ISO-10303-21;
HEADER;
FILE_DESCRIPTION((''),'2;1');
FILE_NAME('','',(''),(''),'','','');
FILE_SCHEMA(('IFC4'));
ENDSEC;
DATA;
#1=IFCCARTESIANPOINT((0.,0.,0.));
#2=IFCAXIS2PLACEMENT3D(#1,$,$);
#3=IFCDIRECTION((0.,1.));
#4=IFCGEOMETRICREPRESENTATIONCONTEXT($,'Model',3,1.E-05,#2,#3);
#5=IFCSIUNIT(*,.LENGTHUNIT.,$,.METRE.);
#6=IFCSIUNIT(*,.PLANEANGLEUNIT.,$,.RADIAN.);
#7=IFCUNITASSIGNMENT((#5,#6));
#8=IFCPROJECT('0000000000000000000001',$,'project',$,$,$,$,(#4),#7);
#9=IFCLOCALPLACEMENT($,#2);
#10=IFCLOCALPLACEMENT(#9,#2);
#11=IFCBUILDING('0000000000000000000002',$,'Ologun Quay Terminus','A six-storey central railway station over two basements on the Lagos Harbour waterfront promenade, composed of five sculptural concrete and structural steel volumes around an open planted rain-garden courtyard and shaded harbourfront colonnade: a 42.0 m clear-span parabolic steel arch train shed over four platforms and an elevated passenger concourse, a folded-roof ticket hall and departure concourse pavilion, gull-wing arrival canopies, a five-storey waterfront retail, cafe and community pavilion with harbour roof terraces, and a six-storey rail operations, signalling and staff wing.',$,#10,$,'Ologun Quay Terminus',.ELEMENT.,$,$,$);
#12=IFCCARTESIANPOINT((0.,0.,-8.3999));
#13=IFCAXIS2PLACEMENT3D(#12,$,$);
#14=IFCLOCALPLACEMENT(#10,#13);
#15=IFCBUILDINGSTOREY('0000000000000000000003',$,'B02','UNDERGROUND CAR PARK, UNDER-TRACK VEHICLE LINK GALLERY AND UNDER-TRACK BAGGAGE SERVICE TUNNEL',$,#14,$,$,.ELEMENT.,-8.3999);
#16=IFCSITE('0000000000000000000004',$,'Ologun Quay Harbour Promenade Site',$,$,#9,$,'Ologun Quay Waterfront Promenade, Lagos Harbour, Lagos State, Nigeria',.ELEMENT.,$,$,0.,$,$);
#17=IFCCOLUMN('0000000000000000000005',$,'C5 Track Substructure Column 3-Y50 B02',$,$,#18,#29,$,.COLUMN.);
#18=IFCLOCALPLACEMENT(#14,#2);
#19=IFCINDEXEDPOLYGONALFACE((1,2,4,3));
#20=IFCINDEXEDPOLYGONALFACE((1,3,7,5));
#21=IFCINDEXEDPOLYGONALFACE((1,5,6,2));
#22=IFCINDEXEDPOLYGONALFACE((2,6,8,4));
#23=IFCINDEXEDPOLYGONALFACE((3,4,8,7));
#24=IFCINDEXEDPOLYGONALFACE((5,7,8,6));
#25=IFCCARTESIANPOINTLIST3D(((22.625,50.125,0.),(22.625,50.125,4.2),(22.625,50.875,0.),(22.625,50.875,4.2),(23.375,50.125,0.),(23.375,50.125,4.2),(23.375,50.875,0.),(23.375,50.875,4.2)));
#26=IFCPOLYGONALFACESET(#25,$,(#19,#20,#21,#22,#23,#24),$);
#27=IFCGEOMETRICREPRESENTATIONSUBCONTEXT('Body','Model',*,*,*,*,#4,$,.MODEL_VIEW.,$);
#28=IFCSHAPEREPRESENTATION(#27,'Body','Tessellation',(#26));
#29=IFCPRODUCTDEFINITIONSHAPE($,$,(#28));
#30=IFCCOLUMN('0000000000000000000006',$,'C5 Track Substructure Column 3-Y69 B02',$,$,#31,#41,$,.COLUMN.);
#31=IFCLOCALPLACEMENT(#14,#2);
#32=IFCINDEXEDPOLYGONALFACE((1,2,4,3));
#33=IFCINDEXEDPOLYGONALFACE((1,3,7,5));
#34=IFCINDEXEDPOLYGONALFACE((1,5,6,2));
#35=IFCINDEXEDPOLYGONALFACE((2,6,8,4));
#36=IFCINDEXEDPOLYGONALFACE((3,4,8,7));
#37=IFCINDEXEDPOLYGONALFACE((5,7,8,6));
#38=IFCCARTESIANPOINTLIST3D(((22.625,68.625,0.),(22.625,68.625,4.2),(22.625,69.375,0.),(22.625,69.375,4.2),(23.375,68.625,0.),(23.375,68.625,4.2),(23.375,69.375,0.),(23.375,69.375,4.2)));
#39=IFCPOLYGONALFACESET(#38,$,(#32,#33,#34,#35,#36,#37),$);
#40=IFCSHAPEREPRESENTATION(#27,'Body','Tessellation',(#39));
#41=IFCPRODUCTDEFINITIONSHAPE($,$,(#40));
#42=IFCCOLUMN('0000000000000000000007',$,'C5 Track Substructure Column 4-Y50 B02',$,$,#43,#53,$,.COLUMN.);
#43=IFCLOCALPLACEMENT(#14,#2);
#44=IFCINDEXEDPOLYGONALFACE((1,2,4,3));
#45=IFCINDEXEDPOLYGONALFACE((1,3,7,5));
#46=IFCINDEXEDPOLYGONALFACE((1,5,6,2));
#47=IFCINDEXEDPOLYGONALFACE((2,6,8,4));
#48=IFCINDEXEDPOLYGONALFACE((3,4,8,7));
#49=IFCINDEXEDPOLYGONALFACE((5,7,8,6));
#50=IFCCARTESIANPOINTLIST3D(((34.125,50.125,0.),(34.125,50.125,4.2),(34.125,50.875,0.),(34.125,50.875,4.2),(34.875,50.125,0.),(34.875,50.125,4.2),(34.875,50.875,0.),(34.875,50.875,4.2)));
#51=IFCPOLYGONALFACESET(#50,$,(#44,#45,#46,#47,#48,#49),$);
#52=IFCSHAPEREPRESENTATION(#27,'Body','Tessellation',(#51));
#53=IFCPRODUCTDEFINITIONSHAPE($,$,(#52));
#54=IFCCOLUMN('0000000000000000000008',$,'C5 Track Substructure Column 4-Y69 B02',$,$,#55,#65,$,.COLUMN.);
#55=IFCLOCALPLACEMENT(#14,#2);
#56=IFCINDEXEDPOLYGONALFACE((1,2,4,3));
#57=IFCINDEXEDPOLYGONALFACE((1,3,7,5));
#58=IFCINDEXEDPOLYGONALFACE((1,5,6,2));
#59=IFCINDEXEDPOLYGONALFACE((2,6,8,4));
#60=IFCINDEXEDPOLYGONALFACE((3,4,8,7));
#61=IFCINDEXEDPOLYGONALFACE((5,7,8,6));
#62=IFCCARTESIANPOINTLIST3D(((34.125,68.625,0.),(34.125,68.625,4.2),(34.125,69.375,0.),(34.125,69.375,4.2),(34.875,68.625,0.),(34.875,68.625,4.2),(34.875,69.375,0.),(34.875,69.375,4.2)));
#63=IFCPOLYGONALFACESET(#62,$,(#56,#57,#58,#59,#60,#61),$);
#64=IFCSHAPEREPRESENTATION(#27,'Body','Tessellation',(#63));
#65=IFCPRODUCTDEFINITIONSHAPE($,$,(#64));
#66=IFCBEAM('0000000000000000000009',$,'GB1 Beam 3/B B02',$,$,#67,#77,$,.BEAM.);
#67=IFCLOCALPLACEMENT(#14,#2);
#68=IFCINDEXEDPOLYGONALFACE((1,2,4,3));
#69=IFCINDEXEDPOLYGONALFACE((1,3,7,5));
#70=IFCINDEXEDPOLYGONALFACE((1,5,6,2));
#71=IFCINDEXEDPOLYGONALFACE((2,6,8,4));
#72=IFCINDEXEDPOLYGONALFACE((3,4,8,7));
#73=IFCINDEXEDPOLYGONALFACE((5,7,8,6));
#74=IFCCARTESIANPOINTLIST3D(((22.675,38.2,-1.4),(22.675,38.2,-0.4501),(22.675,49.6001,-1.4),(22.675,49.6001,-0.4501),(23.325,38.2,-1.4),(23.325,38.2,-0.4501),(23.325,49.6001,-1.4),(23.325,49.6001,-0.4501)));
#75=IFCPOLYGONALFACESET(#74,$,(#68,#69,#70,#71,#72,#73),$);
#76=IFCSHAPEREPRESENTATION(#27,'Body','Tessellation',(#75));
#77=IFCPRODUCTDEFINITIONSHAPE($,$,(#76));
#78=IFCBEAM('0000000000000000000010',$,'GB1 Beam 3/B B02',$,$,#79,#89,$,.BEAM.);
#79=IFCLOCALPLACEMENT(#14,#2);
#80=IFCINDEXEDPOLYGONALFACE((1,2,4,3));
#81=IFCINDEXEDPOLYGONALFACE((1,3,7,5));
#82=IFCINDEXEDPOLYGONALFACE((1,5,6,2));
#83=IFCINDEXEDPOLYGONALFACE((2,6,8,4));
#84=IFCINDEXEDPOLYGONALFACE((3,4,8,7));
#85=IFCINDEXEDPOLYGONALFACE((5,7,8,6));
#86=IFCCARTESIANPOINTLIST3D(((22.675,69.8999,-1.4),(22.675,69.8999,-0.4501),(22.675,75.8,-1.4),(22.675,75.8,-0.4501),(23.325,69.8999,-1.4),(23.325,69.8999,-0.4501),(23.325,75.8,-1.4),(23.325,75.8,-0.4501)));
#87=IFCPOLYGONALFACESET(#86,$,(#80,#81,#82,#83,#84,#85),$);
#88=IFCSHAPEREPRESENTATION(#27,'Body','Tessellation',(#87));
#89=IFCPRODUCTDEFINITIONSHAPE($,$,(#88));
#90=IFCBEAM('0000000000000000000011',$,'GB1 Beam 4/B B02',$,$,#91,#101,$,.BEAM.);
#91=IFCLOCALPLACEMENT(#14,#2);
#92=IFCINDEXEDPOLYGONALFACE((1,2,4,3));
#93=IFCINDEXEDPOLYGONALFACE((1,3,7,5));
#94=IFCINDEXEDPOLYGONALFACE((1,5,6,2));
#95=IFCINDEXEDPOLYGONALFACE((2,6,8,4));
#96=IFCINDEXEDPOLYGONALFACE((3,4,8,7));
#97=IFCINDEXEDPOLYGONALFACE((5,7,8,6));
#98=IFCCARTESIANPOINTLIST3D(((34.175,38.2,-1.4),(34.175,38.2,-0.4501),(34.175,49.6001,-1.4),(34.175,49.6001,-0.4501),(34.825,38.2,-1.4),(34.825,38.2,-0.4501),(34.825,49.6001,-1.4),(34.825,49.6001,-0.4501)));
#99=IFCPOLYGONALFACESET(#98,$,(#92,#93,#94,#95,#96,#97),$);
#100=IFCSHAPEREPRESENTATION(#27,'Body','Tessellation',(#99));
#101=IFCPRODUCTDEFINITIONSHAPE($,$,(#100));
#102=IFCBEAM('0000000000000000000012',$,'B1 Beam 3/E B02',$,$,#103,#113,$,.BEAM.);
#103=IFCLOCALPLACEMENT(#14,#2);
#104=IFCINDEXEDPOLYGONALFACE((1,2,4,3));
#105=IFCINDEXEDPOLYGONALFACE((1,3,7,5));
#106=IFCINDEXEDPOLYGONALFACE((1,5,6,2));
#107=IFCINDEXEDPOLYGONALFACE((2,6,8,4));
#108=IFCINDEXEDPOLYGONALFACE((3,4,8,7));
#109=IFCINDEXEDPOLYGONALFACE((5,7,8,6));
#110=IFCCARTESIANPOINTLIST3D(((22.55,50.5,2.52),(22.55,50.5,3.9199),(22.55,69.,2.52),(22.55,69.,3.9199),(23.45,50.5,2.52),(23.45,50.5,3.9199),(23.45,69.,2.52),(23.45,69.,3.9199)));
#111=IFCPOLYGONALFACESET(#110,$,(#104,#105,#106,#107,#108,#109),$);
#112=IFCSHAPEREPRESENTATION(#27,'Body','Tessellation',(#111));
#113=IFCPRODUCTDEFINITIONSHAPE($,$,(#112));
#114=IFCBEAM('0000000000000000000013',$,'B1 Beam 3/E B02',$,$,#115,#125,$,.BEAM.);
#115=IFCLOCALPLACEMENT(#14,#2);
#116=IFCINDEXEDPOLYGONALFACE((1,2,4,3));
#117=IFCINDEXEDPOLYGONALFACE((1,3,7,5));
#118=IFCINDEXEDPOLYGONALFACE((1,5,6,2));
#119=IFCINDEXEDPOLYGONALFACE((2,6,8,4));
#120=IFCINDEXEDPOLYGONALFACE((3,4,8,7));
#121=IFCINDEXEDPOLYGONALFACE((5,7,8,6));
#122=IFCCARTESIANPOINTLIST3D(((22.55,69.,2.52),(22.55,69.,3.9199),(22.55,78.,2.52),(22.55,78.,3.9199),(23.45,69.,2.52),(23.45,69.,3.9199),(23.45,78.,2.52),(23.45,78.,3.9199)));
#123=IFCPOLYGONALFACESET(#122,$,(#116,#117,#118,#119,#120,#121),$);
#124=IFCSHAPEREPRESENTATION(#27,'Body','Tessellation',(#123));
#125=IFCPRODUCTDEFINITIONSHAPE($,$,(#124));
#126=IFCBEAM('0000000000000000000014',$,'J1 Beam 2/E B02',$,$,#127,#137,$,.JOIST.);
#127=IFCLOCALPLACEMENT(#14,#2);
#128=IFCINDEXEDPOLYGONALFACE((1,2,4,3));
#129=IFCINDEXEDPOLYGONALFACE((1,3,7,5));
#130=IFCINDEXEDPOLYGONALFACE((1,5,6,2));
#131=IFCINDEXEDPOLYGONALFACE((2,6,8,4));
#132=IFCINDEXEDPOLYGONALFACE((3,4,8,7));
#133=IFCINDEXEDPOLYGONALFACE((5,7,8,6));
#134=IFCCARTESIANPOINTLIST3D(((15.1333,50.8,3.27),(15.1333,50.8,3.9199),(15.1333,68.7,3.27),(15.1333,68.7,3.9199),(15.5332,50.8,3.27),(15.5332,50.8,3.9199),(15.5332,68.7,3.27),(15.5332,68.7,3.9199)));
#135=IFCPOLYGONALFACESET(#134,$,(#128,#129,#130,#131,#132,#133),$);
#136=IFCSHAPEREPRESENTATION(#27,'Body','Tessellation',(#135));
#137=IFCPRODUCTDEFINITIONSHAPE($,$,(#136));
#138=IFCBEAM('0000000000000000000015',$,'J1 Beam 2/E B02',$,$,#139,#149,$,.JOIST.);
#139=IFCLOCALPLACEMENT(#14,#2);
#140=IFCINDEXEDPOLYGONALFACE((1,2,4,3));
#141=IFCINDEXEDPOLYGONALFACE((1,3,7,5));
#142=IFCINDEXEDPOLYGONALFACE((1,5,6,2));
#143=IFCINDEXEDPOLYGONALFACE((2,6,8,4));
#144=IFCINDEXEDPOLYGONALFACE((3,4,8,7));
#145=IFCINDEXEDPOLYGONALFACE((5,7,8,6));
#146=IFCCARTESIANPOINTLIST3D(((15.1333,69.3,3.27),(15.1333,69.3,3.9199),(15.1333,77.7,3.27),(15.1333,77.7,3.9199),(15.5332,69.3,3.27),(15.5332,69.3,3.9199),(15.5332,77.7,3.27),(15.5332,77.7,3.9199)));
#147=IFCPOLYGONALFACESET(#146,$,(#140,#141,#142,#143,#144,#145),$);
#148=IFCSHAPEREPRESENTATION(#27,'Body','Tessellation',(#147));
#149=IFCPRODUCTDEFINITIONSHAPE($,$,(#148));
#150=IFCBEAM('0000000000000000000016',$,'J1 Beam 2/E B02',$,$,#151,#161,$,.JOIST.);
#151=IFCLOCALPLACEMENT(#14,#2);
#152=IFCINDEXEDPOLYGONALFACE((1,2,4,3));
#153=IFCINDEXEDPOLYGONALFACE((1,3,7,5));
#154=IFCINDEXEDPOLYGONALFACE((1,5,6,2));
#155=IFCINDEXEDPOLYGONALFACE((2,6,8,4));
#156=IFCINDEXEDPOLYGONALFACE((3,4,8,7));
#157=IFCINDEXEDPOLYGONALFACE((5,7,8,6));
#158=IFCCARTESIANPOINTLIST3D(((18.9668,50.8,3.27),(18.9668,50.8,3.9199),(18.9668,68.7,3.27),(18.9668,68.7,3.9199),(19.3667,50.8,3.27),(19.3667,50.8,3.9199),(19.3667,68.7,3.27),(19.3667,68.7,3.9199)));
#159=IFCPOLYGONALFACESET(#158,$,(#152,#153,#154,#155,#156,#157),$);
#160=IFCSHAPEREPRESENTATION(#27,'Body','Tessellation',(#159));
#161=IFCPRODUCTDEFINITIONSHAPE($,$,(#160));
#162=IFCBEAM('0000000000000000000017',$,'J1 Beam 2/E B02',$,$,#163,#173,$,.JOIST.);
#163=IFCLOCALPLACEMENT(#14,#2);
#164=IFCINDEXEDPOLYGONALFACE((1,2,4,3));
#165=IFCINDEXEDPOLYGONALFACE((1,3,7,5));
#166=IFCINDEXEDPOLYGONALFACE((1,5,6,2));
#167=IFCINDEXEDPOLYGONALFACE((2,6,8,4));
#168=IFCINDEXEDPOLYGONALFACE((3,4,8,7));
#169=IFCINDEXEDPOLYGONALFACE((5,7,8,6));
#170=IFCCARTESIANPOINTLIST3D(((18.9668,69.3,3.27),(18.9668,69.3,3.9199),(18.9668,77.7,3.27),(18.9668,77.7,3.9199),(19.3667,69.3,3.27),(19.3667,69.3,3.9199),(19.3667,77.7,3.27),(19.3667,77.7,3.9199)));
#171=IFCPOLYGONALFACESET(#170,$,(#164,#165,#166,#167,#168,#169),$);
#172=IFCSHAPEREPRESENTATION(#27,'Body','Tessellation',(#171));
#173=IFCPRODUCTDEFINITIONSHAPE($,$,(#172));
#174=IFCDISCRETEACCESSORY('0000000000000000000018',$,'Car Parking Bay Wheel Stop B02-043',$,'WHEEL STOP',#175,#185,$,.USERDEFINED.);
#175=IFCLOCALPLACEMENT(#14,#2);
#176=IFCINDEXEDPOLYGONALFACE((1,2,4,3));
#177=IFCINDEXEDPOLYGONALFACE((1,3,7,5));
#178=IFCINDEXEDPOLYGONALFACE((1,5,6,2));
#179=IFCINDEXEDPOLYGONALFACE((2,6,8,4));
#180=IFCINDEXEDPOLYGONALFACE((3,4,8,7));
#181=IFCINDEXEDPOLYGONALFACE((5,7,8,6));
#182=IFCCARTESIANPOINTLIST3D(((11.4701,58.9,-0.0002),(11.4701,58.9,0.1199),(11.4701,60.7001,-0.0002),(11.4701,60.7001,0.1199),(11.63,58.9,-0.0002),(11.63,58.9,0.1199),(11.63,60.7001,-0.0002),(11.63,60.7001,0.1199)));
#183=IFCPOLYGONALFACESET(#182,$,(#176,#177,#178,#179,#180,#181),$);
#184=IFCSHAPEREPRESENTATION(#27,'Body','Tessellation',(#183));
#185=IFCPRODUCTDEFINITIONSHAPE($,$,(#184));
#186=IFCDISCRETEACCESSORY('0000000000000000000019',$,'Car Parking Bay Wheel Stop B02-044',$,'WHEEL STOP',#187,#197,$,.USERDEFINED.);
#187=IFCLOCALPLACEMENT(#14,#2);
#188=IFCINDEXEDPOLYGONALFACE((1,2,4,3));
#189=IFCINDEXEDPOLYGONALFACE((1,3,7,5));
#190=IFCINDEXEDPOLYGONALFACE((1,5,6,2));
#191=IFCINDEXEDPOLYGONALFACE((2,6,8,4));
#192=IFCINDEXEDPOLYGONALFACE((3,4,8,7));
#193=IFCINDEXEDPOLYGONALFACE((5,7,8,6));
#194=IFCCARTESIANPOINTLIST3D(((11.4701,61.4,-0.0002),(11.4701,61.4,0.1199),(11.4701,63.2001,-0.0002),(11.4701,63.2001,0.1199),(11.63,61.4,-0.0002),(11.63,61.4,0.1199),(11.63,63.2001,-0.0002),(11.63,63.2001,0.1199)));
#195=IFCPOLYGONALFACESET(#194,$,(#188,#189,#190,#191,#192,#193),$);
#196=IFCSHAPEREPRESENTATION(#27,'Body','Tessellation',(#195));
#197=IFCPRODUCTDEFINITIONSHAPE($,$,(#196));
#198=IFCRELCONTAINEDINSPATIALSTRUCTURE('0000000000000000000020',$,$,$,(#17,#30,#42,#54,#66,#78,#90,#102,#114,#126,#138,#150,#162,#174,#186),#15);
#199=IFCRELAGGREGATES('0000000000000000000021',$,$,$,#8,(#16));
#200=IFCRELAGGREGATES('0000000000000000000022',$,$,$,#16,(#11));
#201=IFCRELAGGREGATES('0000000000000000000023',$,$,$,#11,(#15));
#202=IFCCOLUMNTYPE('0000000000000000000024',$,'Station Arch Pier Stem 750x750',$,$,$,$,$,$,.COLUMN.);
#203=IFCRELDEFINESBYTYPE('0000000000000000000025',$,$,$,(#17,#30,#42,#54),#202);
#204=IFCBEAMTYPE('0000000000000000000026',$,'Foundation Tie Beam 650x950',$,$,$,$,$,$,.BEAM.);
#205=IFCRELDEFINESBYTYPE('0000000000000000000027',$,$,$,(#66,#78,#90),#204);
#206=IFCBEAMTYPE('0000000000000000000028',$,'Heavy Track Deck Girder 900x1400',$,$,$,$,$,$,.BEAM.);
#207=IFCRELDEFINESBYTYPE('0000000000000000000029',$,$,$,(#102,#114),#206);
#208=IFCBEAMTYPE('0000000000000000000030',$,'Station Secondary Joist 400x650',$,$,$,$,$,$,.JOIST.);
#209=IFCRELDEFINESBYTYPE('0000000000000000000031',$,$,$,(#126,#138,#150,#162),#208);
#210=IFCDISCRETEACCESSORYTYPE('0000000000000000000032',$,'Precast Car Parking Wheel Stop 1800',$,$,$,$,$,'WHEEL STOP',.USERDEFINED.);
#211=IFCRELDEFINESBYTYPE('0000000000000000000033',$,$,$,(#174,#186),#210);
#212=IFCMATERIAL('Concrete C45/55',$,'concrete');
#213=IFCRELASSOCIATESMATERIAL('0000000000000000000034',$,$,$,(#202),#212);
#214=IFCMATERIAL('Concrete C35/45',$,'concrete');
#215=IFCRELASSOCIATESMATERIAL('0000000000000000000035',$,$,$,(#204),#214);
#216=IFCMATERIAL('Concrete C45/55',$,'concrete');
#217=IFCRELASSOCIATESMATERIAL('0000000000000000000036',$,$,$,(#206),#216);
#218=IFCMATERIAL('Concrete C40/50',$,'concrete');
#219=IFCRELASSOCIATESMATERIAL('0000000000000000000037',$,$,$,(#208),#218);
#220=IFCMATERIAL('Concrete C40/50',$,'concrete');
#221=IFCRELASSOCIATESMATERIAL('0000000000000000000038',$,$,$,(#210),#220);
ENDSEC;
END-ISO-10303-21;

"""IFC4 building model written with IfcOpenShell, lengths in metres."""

from ifc_helpers import new_model, si_unit, direction, frame, origin, origin_2d, place, context, subcontext, project, spatial, rectangle, extrude, material, material_profile, profile_set, type_object, element, save


model = new_model("IFC4")

# Units and contexts
model_context = context("Model", 3, precision=1e-05, world=origin(), true_north=direction((0.0, 1.0)))
body_context = subcontext(model_context, "Body", "Model", "MODEL_VIEW")
ifc_project = project(units=[si_unit("LENGTHUNIT", "METRE"), si_unit("PLANEANGLEUNIT", "RADIAN")], contexts=[model_context])

# Site, building, storey
site_placement = place(None, origin())
site = spatial("IfcSite", under=ifc_project, at=site_placement, Name="Ologun Quay Harbour Promenade Site", LongName="Ologun Quay Waterfront Promenade, Lagos Harbour, Lagos State, Nigeria", CompositionType="ELEMENT", RefElevation=0.0)
building_placement = place(site_placement, origin())
building = spatial("IfcBuilding", under=site, at=building_placement, Name="Ologun Quay Terminus", Description="A six-storey central railway station over two basements on the Lagos Harbour waterfront promenade, composed of five sculptural concrete and structural steel volumes around an open planted rain-garden courtyard and shaded harbourfront colonnade: a 42.0 m clear-span parabolic steel arch train shed over four platforms and an elevated passenger concourse, a folded-roof ticket hall and departure concourse pavilion, gull-wing arrival canopies, a five-storey waterfront retail, cafe and community pavilion with harbour roof terraces, and a six-storey rail operations, signalling and staff wing.", LongName="Ologun Quay Terminus", CompositionType="ELEMENT")
storey_placement = place(building_placement, frame((0.0, 0.0, -8.3999)))
storey = spatial("IfcBuildingStorey", under=building, at=storey_placement, Name="B02", Description="UNDERGROUND CAR PARK, UNDER-TRACK VEHICLE LINK GALLERY AND UNDER-TRACK BAGGAGE SERVICE TUNNEL", CompositionType="ELEMENT", Elevation=-8.3999)

# Columns
ifc_material_1 = material(Name="Concrete C45/55", Category="concrete")
ifc_material_profile_1 = material_profile(ifc_material_1, rectangle(XDim=0.75, YDim=0.75, at=origin_2d()), Name="RC 750x750")
ifc_profile_set_1 = profile_set([ifc_material_profile_1], Name="Concrete C45/55")
column_type = type_object("IfcColumnType", Name="Station Arch Pier Stem 750x750", PredefinedType="COLUMN", material=ifc_profile_set_1)
for number, where, z_axis, x_axis, name in (
    (1, (23.0, 50.5, 0.0), (0.0, 0.0, 1.0), (1.0, 0.0, 0.0), "C5 Track Substructure Column 3-Y50 B02"),
    (2, (23.0, 69.0, 0.0), (0.0, 0.0, 1.0), (1.0, 0.0, 0.0), "C5 Track Substructure Column 3-Y69 B02"),
    (3, (34.5, 50.5, 0.0), (0.0, 0.0, 1.0), (1.0, 0.0, 0.0), "C5 Track Substructure Column 4-Y50 B02"),
    (4, (34.5, 69.0, 0.0), (0.0, 0.0, 1.0), (1.0, 0.0, 0.0), "C5 Track Substructure Column 4-Y69 B02"),
):
    element("IfcColumn", number, at=place(storey_placement, frame(where, z_axis=z_axis, x_axis=x_axis)), inside=storey, type_object=column_type, Name=name, PredefinedType="COLUMN", context=body_context, shape_type="SweptSolid", body=[
        extrude(rectangle(XDim=0.75, YDim=0.75, at=origin_2d()), origin(), (0.0, 0.0, 1.0), 4.2),
    ])

# Beams
ifc_material_2 = material(Name="Concrete C35/45", Category="concrete")
ifc_material_profile_2 = material_profile(ifc_material_2, rectangle(XDim=0.6499, YDim=0.95, at=origin_2d()), Name="RC 650x950")
ifc_profile_set_2 = profile_set([ifc_material_profile_2], Name="Concrete C35/45")
beam_type_1 = type_object("IfcBeamType", Name="Foundation Tie Beam 650x950", PredefinedType="BEAM", material=ifc_profile_set_2)
beam_1_placement = place(storey_placement, frame((23.0, 38.2, -0.925), z_axis=(0.0, 1.0, 0.0), x_axis=(-1.0, 0.0, 0.0)))
element("IfcBeam", 5, at=beam_1_placement, inside=storey, type_object=beam_type_1, Name="GB1 Beam 3/B B02", PredefinedType="BEAM", context=body_context, shape_type="SweptSolid", body=[
    extrude(rectangle(XDim=0.6499, YDim=0.95, at=origin_2d()), origin(), (0.0, 0.0, 1.0), 11.4001),
])
beam_2_placement = place(storey_placement, frame((23.0, 69.8999, -0.925), z_axis=(0.0, 1.0, 0.0), x_axis=(-1.0, 0.0, 0.0)))
element("IfcBeam", 6, at=beam_2_placement, inside=storey, type_object=beam_type_1, Name="GB1 Beam 3/B B02", PredefinedType="BEAM", context=body_context, shape_type="SweptSolid", body=[
    extrude(rectangle(XDim=0.6499, YDim=0.95, at=origin_2d()), origin(), (0.0, 0.0, 1.0), 5.9001),
])
beam_3_placement = place(storey_placement, frame((34.5, 38.2, -0.925), z_axis=(0.0, 1.0, 0.0), x_axis=(-1.0, 0.0, 0.0)))
element("IfcBeam", 7, at=beam_3_placement, inside=storey, type_object=beam_type_1, Name="GB1 Beam 4/B B02", PredefinedType="BEAM", context=body_context, shape_type="SweptSolid", body=[
    extrude(rectangle(XDim=0.6499, YDim=0.95, at=origin_2d()), origin(), (0.0, 0.0, 1.0), 11.4001),
])
ifc_material_3 = material(Name="Concrete C45/55", Category="concrete")
ifc_material_profile_3 = material_profile(ifc_material_3, rectangle(XDim=0.8999, YDim=1.3999, at=origin_2d()), Name="RC 900x1400")
ifc_profile_set_3 = profile_set([ifc_material_profile_3], Name="Concrete C45/55")
beam_type_2 = type_object("IfcBeamType", Name="Heavy Track Deck Girder 900x1400", PredefinedType="BEAM", material=ifc_profile_set_3)
beam_4_placement = place(storey_placement, frame((23.0, 50.5, 3.22), z_axis=(0.0, 1.0, 0.0), x_axis=(-1.0, 0.0, 0.0)))
element("IfcBeam", 8, at=beam_4_placement, inside=storey, type_object=beam_type_2, Name="B1 Beam 3/E B02", PredefinedType="BEAM", context=body_context, shape_type="SweptSolid", body=[
    extrude(rectangle(XDim=0.8999, YDim=1.3999, at=origin_2d()), origin(), (0.0, 0.0, 1.0), 18.5),
])
beam_5_placement = place(storey_placement, frame((23.0, 69.0, 3.22), z_axis=(0.0, 1.0, 0.0), x_axis=(-1.0, 0.0, 0.0)))
element("IfcBeam", 9, at=beam_5_placement, inside=storey, type_object=beam_type_2, Name="B1 Beam 3/E B02", PredefinedType="BEAM", context=body_context, shape_type="SweptSolid", body=[
    extrude(rectangle(XDim=0.8999, YDim=1.3999, at=origin_2d()), origin(), (0.0, 0.0, 1.0), 9.0),
])
ifc_material_4 = material(Name="Concrete C40/50", Category="concrete")
ifc_material_profile_4 = material_profile(ifc_material_4, rectangle(XDim=0.3999, YDim=0.6499, at=origin_2d()), Name="RC 400x650")
ifc_profile_set_4 = profile_set([ifc_material_profile_4], Name="Concrete C40/50")
beam_type_3 = type_object("IfcBeamType", Name="Station Secondary Joist 400x650", PredefinedType="JOIST", material=ifc_profile_set_4)
beam_6_placement = place(storey_placement, frame((15.3333, 50.8, 3.595), z_axis=(0.0, 1.0, 0.0), x_axis=(-1.0, 0.0, 0.0)))
element("IfcBeam", 10, at=beam_6_placement, inside=storey, type_object=beam_type_3, Name="J1 Beam 2/E B02", PredefinedType="JOIST", context=body_context, shape_type="SweptSolid", body=[
    extrude(rectangle(XDim=0.3999, YDim=0.6499, at=origin_2d()), origin(), (0.0, 0.0, 1.0), 17.8999),
])
beam_7_placement = place(storey_placement, frame((15.3333, 69.3, 3.595), z_axis=(0.0, 1.0, 0.0), x_axis=(-1.0, 0.0, 0.0)))
element("IfcBeam", 11, at=beam_7_placement, inside=storey, type_object=beam_type_3, Name="J1 Beam 2/E B02", PredefinedType="JOIST", context=body_context, shape_type="SweptSolid", body=[
    extrude(rectangle(XDim=0.3999, YDim=0.6499, at=origin_2d()), origin(), (0.0, 0.0, 1.0), 8.3999),
])
beam_8_placement = place(storey_placement, frame((19.1667, 50.8, 3.595), z_axis=(0.0, 1.0, 0.0), x_axis=(-1.0, 0.0, 0.0)))
element("IfcBeam", 12, at=beam_8_placement, inside=storey, type_object=beam_type_3, Name="J1 Beam 2/E B02", PredefinedType="JOIST", context=body_context, shape_type="SweptSolid", body=[
    extrude(rectangle(XDim=0.3999, YDim=0.6499, at=origin_2d()), origin(), (0.0, 0.0, 1.0), 17.8999),
])
beam_9_placement = place(storey_placement, frame((19.1667, 69.3, 3.595), z_axis=(0.0, 1.0, 0.0), x_axis=(-1.0, 0.0, 0.0)))
element("IfcBeam", 13, at=beam_9_placement, inside=storey, type_object=beam_type_3, Name="J1 Beam 2/E B02", PredefinedType="JOIST", context=body_context, shape_type="SweptSolid", body=[
    extrude(rectangle(XDim=0.3999, YDim=0.6499, at=origin_2d()), origin(), (0.0, 0.0, 1.0), 8.3999),
])

# Discrete accessories
ifc_material_5 = material(Name="Concrete C40/50", Category="concrete")
discrete_accessory_type = type_object("IfcDiscreteAccessoryType", Name="Precast Car Parking Wheel Stop 1800", ElementType="WHEEL STOP", PredefinedType="USERDEFINED", material=ifc_material_5)
for number, where, z_axis, x_axis, name in (
    (14, (11.55, 59.8, -0.0002), (0.0, 0.0, 1.0), (0.0, 1.0, 0.0), "Car Parking Bay Wheel Stop B02-043"),
    (15, (11.55, 62.3, -0.0002), (0.0, 0.0, 1.0), (0.0, 1.0, 0.0), "Car Parking Bay Wheel Stop B02-044"),
):
    element("IfcDiscreteAccessory", number, at=place(storey_placement, frame(where, z_axis=z_axis, x_axis=x_axis)), inside=storey, type_object=discrete_accessory_type, Name=name, ObjectType="WHEEL STOP", PredefinedType="USERDEFINED", context=body_context, shape_type="SweptSolid", body=[
        extrude(rectangle(XDim=1.8, YDim=0.1599, at=origin_2d()), origin(), (0.0, 0.0, 1.0), 0.1201),
    ])

save(model, "model.ifc")
